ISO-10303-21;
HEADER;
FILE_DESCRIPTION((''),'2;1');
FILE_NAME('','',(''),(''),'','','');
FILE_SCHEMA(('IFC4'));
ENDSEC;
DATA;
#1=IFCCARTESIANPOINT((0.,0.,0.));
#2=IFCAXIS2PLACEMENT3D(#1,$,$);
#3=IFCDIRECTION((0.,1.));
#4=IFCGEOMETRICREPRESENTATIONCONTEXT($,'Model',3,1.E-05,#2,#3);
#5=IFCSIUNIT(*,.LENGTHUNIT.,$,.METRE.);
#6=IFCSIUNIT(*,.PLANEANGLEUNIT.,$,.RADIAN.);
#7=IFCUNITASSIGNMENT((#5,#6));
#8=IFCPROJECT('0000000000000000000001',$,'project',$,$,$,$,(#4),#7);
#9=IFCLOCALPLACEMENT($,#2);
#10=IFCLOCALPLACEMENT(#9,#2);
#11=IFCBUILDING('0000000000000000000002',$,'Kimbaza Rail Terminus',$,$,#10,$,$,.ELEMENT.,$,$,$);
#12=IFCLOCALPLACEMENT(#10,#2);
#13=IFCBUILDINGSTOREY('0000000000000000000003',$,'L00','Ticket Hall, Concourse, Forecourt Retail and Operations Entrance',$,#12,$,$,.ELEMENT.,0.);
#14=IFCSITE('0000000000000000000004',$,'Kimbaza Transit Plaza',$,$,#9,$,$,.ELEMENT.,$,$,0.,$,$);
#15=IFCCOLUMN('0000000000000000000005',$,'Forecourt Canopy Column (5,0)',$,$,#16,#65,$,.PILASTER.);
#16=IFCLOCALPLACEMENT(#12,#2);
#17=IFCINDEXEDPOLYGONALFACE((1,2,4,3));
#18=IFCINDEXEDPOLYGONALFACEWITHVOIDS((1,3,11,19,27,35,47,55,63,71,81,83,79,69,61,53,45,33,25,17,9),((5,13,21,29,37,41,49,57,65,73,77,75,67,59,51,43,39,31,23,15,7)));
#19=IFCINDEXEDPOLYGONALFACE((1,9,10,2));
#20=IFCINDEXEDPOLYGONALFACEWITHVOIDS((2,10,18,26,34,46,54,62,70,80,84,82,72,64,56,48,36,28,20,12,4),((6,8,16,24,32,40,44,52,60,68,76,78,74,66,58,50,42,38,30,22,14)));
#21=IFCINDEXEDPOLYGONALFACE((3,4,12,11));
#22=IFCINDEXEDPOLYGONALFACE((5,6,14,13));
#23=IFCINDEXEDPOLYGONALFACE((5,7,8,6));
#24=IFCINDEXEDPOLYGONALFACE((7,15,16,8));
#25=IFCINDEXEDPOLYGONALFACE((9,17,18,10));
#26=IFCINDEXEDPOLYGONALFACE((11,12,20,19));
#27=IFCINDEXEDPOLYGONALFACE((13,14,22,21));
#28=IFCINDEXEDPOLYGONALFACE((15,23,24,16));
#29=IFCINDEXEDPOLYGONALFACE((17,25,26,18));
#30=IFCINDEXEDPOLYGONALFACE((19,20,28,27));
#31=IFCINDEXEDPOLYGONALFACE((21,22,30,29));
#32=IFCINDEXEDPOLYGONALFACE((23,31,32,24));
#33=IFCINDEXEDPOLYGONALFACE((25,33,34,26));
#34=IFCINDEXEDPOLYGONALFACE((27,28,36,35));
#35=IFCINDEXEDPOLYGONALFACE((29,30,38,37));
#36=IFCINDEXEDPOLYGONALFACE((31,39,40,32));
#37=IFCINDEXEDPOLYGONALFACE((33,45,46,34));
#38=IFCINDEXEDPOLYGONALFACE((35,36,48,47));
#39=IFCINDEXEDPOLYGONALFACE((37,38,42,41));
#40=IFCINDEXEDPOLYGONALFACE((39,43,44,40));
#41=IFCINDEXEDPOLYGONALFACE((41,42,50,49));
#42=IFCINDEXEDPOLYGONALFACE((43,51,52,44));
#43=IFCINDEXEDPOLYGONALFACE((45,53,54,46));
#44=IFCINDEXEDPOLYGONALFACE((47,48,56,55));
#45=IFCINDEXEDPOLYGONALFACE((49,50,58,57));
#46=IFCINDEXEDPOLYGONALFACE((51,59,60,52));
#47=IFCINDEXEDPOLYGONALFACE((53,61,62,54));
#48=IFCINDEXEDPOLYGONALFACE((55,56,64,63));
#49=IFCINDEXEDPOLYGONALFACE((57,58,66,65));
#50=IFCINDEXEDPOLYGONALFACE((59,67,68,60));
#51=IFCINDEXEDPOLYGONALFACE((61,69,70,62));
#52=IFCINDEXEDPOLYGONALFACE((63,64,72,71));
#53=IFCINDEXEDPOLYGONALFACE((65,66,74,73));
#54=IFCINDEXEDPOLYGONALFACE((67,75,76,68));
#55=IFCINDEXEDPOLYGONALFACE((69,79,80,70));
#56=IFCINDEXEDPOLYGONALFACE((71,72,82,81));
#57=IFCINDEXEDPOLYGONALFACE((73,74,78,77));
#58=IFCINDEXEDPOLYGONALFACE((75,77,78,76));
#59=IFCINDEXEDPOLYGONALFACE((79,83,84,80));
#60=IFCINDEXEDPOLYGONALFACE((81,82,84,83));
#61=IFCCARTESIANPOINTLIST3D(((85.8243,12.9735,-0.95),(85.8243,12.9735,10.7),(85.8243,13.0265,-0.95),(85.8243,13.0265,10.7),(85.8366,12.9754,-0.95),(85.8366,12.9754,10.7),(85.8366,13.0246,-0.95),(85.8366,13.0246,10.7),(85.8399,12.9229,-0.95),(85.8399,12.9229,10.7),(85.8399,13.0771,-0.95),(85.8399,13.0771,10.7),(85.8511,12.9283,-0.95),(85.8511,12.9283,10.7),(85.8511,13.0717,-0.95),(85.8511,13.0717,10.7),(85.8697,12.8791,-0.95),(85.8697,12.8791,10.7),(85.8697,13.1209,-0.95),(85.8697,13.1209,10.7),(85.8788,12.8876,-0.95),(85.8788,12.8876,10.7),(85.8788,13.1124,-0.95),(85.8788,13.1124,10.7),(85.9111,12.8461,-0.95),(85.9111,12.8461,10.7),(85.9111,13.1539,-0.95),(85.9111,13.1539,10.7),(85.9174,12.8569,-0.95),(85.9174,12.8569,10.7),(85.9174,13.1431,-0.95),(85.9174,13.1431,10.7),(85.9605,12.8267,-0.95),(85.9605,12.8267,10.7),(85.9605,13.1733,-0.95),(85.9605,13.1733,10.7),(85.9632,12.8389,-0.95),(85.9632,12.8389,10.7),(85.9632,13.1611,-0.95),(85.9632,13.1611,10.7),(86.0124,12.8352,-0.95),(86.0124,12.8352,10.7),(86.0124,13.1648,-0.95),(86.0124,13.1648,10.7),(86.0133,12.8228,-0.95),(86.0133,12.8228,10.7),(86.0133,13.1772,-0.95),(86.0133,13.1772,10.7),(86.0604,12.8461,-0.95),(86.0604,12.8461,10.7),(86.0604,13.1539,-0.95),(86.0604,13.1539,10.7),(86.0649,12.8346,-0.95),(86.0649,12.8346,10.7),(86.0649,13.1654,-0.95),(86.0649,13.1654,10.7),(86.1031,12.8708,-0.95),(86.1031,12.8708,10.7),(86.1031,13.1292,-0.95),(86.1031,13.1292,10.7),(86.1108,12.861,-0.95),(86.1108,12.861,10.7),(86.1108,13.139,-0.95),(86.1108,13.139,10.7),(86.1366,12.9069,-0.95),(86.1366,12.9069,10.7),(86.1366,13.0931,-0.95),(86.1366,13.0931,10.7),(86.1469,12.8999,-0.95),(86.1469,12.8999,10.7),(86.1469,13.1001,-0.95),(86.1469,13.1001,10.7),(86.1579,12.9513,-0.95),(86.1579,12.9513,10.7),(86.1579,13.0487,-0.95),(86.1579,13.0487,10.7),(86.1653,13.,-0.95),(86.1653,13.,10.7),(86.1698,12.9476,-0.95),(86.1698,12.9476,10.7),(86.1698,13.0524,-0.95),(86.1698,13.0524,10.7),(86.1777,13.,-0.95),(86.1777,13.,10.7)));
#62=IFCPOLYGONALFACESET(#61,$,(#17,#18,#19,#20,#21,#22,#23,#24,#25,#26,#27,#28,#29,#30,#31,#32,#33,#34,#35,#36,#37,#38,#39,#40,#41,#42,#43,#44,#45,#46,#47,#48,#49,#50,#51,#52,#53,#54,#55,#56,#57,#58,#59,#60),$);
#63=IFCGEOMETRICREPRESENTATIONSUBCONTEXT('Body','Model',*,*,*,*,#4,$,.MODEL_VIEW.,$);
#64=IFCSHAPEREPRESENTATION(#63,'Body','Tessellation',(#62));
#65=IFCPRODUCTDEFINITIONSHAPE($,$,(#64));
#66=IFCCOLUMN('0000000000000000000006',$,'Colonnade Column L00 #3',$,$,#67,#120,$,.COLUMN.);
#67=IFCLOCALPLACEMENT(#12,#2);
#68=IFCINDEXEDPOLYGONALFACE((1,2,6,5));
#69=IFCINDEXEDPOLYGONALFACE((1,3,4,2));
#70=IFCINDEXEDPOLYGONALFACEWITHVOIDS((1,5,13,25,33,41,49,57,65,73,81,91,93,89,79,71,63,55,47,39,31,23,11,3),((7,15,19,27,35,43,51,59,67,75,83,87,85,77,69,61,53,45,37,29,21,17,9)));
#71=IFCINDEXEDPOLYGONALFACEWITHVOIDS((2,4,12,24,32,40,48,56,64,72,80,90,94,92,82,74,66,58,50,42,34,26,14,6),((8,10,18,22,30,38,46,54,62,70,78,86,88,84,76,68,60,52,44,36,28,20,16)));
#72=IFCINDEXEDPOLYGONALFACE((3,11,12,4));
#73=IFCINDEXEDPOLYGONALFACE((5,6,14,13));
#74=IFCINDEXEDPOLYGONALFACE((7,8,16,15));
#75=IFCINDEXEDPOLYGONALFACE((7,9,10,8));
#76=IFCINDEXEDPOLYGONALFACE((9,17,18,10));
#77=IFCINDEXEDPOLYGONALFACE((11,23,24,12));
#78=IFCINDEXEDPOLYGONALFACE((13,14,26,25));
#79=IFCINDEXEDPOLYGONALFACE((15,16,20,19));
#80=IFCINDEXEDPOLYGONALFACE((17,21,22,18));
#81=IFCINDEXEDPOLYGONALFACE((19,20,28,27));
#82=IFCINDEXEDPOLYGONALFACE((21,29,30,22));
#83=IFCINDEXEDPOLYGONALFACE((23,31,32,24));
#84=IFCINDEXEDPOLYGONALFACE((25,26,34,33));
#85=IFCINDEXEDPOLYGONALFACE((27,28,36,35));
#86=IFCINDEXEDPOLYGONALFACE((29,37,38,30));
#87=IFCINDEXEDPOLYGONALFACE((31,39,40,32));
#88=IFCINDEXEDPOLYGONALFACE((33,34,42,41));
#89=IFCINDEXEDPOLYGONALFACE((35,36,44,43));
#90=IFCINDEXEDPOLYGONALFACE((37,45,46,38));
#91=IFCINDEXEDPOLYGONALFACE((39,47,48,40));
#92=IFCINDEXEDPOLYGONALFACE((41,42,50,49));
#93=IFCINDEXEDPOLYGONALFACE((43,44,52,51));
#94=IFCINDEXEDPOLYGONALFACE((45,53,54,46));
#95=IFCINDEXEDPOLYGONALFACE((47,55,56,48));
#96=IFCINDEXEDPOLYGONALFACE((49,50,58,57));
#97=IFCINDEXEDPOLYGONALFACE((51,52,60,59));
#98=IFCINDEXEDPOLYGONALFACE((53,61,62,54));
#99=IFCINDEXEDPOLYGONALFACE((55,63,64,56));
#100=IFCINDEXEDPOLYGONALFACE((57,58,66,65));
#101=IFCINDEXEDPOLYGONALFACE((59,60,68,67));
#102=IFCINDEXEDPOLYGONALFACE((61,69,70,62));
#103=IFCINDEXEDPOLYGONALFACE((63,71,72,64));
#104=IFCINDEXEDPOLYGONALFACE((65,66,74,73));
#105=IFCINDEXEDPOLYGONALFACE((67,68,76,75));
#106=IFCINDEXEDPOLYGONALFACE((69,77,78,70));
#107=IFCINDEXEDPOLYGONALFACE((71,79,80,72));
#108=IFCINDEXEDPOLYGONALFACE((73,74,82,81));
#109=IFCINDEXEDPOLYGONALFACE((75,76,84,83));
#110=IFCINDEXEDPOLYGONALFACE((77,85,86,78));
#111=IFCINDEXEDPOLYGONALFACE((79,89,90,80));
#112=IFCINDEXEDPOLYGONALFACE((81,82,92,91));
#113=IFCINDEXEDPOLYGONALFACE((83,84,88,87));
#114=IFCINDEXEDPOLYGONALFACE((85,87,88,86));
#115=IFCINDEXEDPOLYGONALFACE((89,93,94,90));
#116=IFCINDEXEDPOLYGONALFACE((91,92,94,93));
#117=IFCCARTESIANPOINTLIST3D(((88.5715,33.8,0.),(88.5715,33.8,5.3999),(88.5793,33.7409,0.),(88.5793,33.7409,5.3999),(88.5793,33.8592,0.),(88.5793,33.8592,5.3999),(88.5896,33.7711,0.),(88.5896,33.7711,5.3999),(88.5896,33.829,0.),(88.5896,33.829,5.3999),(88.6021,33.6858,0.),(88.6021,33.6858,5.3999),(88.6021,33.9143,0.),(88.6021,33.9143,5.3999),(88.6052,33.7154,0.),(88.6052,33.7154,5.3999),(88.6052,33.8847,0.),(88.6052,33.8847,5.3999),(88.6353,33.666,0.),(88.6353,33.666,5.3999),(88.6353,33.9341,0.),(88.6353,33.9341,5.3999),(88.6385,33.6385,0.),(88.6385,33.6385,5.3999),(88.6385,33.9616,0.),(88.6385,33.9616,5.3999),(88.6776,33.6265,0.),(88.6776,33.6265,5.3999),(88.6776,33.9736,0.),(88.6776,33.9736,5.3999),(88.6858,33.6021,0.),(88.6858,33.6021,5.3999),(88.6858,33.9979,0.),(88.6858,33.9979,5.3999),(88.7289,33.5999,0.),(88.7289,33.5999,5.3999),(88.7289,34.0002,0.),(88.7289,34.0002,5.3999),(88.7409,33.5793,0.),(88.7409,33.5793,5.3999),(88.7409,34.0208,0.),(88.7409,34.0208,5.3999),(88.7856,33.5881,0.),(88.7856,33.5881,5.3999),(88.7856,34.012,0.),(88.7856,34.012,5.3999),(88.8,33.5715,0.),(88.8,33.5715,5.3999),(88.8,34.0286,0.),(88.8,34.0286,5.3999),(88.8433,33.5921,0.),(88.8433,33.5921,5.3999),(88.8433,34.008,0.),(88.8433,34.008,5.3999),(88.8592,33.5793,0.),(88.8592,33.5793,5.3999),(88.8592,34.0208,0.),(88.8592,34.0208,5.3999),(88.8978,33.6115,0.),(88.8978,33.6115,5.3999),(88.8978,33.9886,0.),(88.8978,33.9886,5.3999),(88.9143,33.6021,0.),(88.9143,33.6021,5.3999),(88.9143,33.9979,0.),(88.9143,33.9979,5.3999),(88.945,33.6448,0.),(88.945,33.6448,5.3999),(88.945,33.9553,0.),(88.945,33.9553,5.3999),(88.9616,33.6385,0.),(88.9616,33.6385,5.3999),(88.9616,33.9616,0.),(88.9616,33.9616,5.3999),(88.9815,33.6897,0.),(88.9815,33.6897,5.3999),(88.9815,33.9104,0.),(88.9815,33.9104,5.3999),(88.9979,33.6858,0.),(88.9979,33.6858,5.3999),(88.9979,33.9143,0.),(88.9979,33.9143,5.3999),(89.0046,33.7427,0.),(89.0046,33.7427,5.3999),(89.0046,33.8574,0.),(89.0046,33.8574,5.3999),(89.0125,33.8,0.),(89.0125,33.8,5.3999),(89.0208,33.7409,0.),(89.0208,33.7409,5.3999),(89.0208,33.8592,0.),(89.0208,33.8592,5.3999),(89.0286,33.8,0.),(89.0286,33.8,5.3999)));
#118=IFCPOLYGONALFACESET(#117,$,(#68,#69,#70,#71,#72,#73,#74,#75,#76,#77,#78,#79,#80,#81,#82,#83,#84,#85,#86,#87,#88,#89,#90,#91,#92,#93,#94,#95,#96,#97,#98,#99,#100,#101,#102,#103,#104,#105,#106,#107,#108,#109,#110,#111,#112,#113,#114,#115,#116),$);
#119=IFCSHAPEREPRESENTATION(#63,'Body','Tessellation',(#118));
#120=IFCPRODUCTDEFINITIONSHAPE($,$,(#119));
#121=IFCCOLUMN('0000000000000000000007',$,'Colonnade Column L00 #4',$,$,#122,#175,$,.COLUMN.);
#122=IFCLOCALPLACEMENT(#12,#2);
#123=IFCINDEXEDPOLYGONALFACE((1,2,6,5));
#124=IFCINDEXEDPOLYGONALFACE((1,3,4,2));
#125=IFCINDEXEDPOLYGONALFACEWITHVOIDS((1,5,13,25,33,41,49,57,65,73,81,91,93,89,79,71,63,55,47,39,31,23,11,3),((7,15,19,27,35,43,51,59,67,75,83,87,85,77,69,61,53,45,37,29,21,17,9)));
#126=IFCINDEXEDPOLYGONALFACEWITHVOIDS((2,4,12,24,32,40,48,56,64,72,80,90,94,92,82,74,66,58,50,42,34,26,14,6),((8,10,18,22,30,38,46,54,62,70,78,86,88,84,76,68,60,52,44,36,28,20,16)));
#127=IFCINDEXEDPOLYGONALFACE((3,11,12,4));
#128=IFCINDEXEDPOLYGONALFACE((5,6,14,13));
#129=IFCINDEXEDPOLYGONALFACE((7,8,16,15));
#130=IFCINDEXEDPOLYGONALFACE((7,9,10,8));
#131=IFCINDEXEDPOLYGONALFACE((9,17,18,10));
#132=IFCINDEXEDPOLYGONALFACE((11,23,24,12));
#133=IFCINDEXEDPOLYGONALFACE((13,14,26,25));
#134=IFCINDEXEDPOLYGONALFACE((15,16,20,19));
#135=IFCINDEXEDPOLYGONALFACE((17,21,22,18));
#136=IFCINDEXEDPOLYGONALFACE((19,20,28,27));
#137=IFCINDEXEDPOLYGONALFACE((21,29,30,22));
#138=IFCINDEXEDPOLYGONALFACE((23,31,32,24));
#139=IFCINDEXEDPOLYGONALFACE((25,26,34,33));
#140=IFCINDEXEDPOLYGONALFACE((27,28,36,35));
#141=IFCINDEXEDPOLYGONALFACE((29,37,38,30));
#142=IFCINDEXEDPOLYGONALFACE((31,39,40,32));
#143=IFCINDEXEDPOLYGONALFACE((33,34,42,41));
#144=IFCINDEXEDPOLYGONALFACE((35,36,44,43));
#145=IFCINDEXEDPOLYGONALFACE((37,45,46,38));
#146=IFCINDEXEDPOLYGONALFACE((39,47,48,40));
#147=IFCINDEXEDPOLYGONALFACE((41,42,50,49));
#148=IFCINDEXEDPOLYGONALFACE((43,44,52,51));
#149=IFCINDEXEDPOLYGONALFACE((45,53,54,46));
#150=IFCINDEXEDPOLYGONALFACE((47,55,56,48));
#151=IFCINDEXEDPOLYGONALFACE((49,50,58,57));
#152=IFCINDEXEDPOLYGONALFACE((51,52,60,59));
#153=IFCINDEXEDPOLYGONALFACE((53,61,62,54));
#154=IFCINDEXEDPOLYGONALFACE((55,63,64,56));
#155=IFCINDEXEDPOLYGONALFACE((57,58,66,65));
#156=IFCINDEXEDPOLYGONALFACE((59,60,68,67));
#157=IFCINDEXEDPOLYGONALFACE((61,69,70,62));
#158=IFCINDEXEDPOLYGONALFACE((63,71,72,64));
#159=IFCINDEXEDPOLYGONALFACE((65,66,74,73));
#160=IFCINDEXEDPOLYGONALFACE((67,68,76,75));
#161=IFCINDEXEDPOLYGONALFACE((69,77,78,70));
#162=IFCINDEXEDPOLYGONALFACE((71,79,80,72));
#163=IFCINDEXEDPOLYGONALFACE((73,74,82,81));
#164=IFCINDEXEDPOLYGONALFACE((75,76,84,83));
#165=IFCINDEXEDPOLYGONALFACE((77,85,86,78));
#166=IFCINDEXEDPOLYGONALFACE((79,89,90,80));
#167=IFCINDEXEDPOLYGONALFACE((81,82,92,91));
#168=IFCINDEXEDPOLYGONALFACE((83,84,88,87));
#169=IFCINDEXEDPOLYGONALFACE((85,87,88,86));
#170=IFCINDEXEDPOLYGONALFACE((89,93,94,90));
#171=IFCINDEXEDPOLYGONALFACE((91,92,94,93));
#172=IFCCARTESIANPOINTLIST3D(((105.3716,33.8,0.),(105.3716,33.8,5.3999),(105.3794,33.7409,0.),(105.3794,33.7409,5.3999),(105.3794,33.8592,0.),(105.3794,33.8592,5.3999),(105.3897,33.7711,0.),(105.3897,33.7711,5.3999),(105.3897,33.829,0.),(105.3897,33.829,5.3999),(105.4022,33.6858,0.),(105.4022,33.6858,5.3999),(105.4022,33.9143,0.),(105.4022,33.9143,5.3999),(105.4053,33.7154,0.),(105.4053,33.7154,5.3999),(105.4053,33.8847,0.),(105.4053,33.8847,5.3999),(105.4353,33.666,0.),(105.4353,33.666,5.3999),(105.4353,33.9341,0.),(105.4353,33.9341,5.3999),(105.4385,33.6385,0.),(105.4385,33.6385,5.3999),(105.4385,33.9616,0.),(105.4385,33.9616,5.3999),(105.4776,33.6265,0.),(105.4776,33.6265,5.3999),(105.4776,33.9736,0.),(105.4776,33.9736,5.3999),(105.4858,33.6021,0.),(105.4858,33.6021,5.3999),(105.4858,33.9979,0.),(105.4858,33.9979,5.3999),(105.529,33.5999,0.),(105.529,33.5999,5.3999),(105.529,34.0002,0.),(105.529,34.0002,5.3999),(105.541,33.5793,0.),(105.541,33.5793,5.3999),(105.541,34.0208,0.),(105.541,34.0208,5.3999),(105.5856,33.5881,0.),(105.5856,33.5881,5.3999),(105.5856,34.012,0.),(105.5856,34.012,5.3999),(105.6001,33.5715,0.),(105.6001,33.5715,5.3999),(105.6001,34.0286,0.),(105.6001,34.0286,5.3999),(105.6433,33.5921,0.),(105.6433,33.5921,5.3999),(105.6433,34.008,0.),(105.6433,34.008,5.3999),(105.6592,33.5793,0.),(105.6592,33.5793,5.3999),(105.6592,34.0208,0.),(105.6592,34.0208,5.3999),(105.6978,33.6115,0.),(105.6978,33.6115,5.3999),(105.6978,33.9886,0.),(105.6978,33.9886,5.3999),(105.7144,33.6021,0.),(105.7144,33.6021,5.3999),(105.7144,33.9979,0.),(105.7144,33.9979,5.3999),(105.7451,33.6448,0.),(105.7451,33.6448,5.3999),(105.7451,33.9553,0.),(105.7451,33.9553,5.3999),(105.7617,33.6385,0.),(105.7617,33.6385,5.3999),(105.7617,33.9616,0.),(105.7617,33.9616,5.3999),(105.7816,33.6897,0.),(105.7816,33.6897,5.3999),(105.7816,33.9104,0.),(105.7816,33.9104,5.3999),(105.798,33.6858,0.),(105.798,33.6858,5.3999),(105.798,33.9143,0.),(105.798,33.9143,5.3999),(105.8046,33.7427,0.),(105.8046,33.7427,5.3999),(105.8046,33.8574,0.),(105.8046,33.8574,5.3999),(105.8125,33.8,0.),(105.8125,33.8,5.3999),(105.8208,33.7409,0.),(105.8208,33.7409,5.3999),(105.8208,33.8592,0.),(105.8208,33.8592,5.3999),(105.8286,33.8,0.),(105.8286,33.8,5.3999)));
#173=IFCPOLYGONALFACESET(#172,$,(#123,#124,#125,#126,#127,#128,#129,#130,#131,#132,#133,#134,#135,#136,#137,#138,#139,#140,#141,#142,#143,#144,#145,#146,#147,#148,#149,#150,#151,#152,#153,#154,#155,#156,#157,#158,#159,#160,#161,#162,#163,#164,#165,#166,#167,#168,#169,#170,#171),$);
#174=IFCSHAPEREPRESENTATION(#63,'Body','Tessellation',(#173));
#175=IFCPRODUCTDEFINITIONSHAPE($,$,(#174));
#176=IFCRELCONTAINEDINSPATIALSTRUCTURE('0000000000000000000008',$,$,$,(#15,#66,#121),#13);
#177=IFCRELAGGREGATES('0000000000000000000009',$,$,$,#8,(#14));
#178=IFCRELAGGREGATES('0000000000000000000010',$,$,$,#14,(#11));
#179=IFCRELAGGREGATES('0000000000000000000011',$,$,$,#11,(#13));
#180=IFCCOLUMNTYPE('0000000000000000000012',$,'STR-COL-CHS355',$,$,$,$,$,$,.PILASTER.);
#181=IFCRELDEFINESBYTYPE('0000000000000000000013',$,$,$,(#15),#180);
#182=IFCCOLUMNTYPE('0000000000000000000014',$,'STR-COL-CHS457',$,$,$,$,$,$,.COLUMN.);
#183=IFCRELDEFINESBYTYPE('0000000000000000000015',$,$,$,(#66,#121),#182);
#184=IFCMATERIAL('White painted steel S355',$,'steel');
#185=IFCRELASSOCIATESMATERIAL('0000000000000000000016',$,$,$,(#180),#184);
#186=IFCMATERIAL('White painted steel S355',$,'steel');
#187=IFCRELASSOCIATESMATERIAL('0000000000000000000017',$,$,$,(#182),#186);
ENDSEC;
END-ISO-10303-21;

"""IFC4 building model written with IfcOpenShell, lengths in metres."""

from ifc_helpers import new_model, si_unit, direction, frame, origin, origin_2d, place, context, subcontext, project, spatial, hollow_circle, extrude, material, material_profile, profile_set, type_object, element, save


model = new_model("IFC4")

# Units and contexts
model_context = context("Model", 3, precision=1e-05, world=origin(), true_north=direction((0.0, 1.0)))
body_context = subcontext(model_context, "Body", "Model", "MODEL_VIEW")
ifc_project = project(units=[si_unit("LENGTHUNIT", "METRE"), si_unit("PLANEANGLEUNIT", "RADIAN")], contexts=[model_context])

# Site, building, storey
site_placement = place(None, origin())
site = spatial("IfcSite", under=ifc_project, at=site_placement, Name="Kimbaza Transit Plaza", CompositionType="ELEMENT", RefElevation=0.0)
building_placement = place(site_placement, origin())
building = spatial("IfcBuilding", under=site, at=building_placement, Name="Kimbaza Rail Terminus", CompositionType="ELEMENT")
storey_placement = place(building_placement, origin())
storey = spatial("IfcBuildingStorey", under=building, at=storey_placement, Name="L00", Description="Ticket Hall, Concourse, Forecourt Retail and Operations Entrance", CompositionType="ELEMENT", Elevation=0.0)

# Columns
ifc_material_1 = material(Name="White painted steel S355", Category="steel")
ifc_material_profile_1 = material_profile(ifc_material_1, hollow_circle(Radius=0.1777, WallThickness=0.0125, at=origin_2d()), Name="CHS 355.6x12.5")
ifc_profile_set_1 = profile_set([ifc_material_profile_1], Name="White painted steel S355")
column_type_1 = type_object("IfcColumnType", Name="STR-COL-CHS355", PredefinedType="PILASTER", material=ifc_profile_set_1)
column_1_placement = place(storey_placement, frame((86.0, 13.0, -0.95), z_axis=(0.0, 0.0, 1.0), x_axis=(1.0, 0.0, 0.0)))
element("IfcColumn", 1, at=column_1_placement, inside=storey, type_object=column_type_1, Name="Forecourt Canopy Column (5,0)", PredefinedType="PILASTER", context=body_context, shape_type="SweptSolid", body=[
    extrude(hollow_circle(Radius=0.1777, WallThickness=0.0125, at=origin_2d()), origin(), (0.0, 0.0, 1.0), 11.6499),
])
ifc_material_2 = material(Name="White painted steel S355", Category="steel")
ifc_material_profile_2 = material_profile(ifc_material_2, hollow_circle(Radius=0.2285, WallThickness=0.0161, at=origin_2d()), Name="CHS 457x16")
ifc_profile_set_2 = profile_set([ifc_material_profile_2], Name="White painted steel S355")
column_type_2 = type_object("IfcColumnType", Name="STR-COL-CHS457", PredefinedType="COLUMN", material=ifc_profile_set_2)
for number, where, z_axis, x_axis, name in (
    (2, (88.8, 33.8, 0.0), (0.0, 0.0, 1.0), (1.0, 0.0, 0.0), "Colonnade Column L00 #3"),
    (3, (105.6001, 33.8, 0.0), (0.0, 0.0, 1.0), (1.0, 0.0, 0.0), "Colonnade Column L00 #4"),
):
    element("IfcColumn", number, at=place(storey_placement, frame(where, z_axis=z_axis, x_axis=x_axis)), inside=storey, type_object=column_type_2, Name=name, PredefinedType="COLUMN", context=body_context, shape_type="SweptSolid", body=[
        extrude(hollow_circle(Radius=0.2285, WallThickness=0.0161, at=origin_2d()), origin(), (0.0, 0.0, 1.0), 5.3999),
    ])

save(model, "model.ifc")
